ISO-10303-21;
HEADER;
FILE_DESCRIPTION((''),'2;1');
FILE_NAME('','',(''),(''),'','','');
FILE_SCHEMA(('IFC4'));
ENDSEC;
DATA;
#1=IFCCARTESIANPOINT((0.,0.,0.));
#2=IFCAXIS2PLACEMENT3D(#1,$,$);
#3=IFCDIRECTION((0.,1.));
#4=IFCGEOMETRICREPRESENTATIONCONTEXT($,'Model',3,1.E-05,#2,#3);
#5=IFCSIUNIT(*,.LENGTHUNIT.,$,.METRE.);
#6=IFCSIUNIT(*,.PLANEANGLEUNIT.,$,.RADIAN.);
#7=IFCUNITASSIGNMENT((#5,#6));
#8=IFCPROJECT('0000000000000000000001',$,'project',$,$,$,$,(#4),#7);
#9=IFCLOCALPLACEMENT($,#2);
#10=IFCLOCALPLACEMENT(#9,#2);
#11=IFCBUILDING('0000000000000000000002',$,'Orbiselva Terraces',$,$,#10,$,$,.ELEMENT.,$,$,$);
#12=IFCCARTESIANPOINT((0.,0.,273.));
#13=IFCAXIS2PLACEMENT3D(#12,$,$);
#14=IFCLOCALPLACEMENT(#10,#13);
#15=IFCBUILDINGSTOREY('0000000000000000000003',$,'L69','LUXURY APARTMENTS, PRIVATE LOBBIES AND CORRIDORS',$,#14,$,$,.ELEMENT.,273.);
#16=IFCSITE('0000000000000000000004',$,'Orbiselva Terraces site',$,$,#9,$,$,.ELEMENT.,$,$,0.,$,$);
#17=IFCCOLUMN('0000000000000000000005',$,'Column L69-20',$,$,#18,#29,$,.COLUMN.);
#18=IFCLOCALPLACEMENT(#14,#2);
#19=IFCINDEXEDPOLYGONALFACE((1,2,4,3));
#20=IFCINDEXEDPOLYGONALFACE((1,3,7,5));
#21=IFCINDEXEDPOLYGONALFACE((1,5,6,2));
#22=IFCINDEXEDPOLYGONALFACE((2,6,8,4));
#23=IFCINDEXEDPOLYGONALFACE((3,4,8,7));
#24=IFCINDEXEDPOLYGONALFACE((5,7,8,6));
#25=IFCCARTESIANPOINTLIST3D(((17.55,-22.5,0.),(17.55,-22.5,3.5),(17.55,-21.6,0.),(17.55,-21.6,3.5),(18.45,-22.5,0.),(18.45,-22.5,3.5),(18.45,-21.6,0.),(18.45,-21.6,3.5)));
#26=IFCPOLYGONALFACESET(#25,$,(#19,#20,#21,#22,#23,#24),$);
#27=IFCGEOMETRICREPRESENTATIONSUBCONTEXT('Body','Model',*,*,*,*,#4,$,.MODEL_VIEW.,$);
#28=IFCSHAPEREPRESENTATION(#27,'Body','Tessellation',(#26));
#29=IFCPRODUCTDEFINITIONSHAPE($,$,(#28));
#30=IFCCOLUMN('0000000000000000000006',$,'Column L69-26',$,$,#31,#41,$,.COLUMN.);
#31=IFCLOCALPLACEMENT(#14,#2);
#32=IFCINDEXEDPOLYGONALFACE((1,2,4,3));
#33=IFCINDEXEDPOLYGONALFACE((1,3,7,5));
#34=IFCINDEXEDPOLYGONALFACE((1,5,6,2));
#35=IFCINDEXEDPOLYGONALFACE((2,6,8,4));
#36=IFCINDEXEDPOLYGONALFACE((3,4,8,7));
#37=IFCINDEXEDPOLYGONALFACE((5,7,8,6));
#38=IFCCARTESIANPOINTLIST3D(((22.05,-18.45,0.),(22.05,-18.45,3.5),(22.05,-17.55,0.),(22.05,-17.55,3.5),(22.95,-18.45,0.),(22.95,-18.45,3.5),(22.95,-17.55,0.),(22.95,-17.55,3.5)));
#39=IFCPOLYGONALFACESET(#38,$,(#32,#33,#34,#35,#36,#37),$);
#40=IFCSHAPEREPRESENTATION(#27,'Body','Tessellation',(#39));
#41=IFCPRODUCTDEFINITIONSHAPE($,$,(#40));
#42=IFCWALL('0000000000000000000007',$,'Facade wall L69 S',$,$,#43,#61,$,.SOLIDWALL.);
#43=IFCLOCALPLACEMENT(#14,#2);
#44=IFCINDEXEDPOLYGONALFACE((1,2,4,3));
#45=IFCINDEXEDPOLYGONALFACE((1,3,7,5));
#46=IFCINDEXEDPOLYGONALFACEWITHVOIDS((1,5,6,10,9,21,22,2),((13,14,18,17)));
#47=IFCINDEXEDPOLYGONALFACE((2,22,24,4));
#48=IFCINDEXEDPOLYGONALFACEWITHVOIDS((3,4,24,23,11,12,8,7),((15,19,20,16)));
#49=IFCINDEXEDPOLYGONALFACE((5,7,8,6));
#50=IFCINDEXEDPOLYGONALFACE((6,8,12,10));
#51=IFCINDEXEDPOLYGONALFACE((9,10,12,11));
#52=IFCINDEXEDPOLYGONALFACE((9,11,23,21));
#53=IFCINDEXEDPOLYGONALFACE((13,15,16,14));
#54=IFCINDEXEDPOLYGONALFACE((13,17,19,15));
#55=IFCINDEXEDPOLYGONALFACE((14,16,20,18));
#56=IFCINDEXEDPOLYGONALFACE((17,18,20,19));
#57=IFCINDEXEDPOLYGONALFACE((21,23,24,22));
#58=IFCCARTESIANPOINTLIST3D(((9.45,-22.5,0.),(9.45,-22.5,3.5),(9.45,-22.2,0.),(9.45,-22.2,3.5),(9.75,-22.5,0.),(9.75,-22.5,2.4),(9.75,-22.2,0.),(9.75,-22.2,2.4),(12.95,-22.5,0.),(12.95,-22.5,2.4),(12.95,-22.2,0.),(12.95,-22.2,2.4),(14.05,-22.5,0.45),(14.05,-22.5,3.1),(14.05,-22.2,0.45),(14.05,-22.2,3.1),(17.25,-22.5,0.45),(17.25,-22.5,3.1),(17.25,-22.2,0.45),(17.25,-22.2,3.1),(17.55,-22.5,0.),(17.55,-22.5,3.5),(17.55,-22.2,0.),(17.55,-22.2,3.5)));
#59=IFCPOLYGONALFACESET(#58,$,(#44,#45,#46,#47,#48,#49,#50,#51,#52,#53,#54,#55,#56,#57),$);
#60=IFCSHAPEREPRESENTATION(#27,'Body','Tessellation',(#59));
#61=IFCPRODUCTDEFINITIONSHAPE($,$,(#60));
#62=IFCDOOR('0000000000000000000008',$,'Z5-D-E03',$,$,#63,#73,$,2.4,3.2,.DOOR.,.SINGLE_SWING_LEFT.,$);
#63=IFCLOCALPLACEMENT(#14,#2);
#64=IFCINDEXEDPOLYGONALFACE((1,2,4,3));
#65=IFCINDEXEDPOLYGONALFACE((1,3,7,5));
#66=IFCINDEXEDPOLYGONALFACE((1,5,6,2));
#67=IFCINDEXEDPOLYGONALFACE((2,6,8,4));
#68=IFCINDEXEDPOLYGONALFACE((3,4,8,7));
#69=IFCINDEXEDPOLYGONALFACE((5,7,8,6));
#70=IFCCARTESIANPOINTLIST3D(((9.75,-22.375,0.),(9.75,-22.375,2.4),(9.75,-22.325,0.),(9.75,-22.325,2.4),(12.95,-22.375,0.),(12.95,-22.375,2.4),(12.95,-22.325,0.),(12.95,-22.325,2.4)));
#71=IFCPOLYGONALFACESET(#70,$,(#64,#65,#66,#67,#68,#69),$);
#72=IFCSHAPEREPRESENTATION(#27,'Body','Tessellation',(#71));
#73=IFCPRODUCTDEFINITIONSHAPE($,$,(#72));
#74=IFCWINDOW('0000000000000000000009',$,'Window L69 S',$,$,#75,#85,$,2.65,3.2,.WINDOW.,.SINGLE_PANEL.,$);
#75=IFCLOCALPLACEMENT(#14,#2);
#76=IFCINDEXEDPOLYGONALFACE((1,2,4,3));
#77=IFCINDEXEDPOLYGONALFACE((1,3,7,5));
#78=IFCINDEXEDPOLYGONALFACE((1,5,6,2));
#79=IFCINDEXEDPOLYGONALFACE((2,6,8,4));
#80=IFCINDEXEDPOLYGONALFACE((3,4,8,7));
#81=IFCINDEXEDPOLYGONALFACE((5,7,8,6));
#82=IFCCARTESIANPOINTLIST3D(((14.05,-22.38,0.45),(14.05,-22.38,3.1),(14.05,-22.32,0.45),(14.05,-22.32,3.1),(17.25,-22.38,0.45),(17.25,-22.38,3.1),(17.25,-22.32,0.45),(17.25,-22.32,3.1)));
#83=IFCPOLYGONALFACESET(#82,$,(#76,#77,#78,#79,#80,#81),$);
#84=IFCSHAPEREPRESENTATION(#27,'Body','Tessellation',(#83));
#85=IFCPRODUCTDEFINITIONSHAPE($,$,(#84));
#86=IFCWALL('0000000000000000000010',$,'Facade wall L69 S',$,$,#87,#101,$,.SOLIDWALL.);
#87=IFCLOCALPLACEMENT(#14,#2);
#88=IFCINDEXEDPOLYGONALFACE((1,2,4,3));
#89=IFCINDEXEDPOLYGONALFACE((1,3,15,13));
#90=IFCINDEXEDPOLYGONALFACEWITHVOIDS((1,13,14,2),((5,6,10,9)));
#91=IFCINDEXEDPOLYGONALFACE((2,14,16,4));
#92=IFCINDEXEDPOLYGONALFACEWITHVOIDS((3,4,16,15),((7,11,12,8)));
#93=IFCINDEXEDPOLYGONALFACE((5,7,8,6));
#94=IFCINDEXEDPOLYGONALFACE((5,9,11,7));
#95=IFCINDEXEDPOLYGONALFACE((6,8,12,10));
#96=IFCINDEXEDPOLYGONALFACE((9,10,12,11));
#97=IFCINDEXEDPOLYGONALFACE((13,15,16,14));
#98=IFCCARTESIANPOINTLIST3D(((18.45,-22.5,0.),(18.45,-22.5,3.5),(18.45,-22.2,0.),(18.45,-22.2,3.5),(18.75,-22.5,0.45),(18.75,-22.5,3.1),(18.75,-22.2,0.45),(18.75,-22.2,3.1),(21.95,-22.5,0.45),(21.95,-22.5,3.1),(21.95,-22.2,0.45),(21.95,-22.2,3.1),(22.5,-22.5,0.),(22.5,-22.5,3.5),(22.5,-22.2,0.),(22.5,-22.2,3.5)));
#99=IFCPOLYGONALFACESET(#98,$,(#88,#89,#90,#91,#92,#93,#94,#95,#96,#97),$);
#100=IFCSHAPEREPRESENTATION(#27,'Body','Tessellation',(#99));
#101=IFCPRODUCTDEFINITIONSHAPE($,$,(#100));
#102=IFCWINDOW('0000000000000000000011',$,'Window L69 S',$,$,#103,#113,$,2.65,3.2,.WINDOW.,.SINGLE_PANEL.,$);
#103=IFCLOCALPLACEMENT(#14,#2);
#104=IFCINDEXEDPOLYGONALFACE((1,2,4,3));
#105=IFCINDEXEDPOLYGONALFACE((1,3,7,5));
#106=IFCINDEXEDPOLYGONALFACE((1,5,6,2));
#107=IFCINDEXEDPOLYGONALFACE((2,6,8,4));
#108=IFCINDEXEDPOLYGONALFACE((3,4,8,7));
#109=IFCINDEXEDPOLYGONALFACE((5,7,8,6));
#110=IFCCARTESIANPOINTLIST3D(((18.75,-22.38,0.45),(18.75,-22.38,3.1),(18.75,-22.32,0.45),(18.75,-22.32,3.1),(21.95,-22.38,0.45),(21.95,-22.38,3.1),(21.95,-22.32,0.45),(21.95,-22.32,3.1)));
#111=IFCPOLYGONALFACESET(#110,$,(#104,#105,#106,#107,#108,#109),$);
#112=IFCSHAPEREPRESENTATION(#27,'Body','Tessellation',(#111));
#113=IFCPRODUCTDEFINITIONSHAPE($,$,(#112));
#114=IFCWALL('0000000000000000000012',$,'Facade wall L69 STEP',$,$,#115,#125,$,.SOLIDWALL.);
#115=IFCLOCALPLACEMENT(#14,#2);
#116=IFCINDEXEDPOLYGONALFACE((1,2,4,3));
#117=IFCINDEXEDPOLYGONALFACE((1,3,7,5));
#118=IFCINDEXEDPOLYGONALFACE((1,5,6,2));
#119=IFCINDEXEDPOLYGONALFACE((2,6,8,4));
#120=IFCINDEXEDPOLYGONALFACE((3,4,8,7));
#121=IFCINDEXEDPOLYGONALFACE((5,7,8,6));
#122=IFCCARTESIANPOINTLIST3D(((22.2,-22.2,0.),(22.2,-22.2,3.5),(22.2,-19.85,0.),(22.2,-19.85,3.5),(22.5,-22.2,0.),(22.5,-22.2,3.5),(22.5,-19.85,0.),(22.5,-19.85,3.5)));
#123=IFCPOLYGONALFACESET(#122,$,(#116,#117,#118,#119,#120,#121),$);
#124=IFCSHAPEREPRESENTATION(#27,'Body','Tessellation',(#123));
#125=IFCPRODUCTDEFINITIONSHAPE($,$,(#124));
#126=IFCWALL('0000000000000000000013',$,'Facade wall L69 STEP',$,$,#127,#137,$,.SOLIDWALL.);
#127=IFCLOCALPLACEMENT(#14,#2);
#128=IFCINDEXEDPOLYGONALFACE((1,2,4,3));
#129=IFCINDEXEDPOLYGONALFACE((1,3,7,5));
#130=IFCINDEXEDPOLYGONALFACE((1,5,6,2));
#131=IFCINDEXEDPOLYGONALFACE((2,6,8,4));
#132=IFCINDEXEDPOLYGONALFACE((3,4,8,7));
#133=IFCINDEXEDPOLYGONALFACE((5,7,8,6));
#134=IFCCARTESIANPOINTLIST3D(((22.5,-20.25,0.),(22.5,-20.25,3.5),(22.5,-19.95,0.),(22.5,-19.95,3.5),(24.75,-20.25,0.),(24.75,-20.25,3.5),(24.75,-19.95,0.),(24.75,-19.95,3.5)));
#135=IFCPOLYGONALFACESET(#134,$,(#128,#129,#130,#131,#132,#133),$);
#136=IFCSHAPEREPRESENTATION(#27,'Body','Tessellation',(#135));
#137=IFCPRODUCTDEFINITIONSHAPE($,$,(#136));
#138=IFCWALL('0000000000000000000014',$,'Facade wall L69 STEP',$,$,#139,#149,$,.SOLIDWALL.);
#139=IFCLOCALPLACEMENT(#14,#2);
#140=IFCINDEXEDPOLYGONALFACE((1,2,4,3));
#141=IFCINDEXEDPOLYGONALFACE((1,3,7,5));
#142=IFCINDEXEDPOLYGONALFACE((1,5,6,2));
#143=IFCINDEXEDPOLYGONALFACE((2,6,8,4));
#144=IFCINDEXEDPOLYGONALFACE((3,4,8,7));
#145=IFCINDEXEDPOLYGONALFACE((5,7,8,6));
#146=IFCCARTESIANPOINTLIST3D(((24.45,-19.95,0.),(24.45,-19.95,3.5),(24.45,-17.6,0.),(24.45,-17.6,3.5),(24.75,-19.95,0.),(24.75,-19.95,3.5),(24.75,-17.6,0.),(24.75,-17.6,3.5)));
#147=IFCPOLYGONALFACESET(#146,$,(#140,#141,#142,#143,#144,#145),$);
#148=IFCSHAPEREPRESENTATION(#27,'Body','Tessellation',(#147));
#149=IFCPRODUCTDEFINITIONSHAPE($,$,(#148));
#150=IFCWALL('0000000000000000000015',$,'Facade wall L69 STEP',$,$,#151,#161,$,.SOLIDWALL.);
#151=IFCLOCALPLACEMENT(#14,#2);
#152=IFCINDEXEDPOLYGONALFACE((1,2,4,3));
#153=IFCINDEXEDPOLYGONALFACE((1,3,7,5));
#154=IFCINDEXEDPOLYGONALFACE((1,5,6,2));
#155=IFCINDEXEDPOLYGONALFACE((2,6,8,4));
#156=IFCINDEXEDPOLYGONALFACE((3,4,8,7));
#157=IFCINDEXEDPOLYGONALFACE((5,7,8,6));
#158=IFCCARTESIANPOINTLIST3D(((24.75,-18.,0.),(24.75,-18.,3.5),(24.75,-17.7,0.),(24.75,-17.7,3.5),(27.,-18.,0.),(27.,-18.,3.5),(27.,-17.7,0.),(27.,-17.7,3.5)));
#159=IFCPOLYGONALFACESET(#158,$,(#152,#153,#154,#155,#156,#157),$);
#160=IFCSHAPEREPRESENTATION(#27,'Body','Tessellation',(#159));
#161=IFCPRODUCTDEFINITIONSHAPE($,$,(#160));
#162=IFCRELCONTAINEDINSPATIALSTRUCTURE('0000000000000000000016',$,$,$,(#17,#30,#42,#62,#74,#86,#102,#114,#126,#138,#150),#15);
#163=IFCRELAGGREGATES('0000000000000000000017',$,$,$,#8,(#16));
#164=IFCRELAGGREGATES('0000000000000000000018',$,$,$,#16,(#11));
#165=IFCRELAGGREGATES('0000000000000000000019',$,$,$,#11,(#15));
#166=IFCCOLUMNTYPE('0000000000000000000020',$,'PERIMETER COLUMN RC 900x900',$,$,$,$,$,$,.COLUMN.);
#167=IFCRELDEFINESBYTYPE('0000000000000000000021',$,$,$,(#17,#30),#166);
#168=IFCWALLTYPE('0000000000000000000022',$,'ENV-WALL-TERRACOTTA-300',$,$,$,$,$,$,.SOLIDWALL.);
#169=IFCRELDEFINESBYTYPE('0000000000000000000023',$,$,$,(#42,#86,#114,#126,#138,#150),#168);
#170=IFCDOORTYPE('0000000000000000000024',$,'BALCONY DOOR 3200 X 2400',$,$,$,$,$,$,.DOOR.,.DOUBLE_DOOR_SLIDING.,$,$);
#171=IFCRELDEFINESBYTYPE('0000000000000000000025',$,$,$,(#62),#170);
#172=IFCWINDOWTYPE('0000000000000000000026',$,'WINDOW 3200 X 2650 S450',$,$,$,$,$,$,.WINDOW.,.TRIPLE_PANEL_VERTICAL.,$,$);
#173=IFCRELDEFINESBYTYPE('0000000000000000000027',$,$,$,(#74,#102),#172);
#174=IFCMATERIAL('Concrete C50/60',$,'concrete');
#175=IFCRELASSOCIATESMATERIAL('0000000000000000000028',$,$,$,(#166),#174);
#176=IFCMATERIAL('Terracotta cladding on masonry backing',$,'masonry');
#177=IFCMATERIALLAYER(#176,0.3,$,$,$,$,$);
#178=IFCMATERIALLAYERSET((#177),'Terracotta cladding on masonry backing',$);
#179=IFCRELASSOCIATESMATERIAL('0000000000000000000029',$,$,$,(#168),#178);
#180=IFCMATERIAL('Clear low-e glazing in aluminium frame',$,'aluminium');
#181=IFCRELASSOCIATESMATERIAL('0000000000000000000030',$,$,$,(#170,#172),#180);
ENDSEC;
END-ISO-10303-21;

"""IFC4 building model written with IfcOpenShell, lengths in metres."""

from ifc_helpers import new_model, si_unit, direction, frame, frame_2d, origin, origin_2d, place, context, subcontext, project, spatial, rectangle, extrude, material, layer, layer_set, material_profile, profile_set, type_object, element, fill, save


model = new_model("IFC4")

# Units and contexts
model_context = context("Model", 3, precision=1e-05, world=origin(), true_north=direction((0.0, 1.0)))
body_context = subcontext(model_context, "Body", "Model", "MODEL_VIEW")
ifc_project = project(units=[si_unit("LENGTHUNIT", "METRE"), si_unit("PLANEANGLEUNIT", "RADIAN")], contexts=[model_context])

# Site, building, storey
site_placement = place(None, origin())
site = spatial("IfcSite", under=ifc_project, at=site_placement, Name="Orbiselva Terraces site", CompositionType="ELEMENT", RefElevation=0.0)
building_placement = place(site_placement, origin())
building = spatial("IfcBuilding", under=site, at=building_placement, Name="Orbiselva Terraces", CompositionType="ELEMENT")
storey_placement = place(building_placement, frame((0.0, 0.0, 273.0)))
storey = spatial("IfcBuildingStorey", under=building, at=storey_placement, Name="L69", Description="LUXURY APARTMENTS, PRIVATE LOBBIES AND CORRIDORS", CompositionType="ELEMENT", Elevation=273.0)

# Columns
ifc_material_1 = material(Name="Concrete C50/60", Category="concrete")
ifc_material_profile = material_profile(ifc_material_1, rectangle(XDim=0.9, YDim=0.9, at=origin_2d()), Name="RC 900x900")
ifc_profile_set = profile_set([ifc_material_profile], Name="Concrete C50/60")
column_type = type_object("IfcColumnType", Name="PERIMETER COLUMN RC 900x900", PredefinedType="COLUMN", material=ifc_profile_set)
for number, where, z_axis, x_axis, name in (
    (1, (18.0, -22.05, 0.0), (0.0, 0.0, 1.0), (1.0, 0.0, 0.0), "Column L69-20"),
    (2, (22.5, -18.0, 0.0), (0.0, 0.0, 1.0), (1.0, 0.0, 0.0), "Column L69-26"),
):
    element("IfcColumn", number, at=place(storey_placement, frame(where, z_axis=z_axis, x_axis=x_axis)), inside=storey, type_object=column_type, Name=name, PredefinedType="COLUMN", context=body_context, shape_type="SweptSolid", body=[
        extrude(rectangle(XDim=0.9, YDim=0.9, at=origin_2d()), origin(), (0.0, 0.0, 1.0), 3.5),
    ])

# Wall, openings, door, window
ifc_material_2 = material(Name="Terracotta cladding on masonry backing", Category="masonry")
ifc_layer_1 = layer(ifc_material_2, 0.3)
ifc_layer_set_1 = layer_set([ifc_layer_1], Name="Terracotta cladding on masonry backing")
wall_type_1 = type_object("IfcWallType", Name="ENV-WALL-TERRACOTTA-300", PredefinedType="SOLIDWALL", material=ifc_layer_set_1)
wall_1_placement = place(storey_placement, frame((17.55, -22.35, 0.0), z_axis=(0.0, 0.0, 1.0), x_axis=(-1.0, 0.0, 0.0)))
wall_1 = element("IfcWall", 3, at=wall_1_placement, inside=storey, type_object=wall_type_1, Name="Facade wall L69 S", PredefinedType="SOLIDWALL", context=body_context, shape_type="SweptSolid", body=[
    extrude(rectangle(XDim=8.1, YDim=0.3, at=frame_2d((4.05, 0.0))), origin(), (0.0, 0.0, 1.0), 3.5),
])
opening_1_placement = place(wall_1_placement, frame((4.6, 0.0, 0.0)))
opening_1 = element("IfcOpeningElement", 4, at=opening_1_placement, cuts=wall_1, PredefinedType="OPENING", context=body_context, shape_type="SweptSolid", body=[
    extrude(rectangle(XDim=3.2, YDim=2.4, at=frame_2d((1.6, 1.2))), frame((0.0, 0.16, 0.0), z_axis=(0.0, -1.0, 0.0), x_axis=(1.0, 0.0, 0.0)), (0.0, 0.0, 1.0), 0.32),
])
opening_2_placement = place(wall_1_placement, frame((0.3, 0.0, 0.45)))
opening_2 = element("IfcOpeningElement", 5, at=opening_2_placement, cuts=wall_1, PredefinedType="OPENING", context=body_context, shape_type="SweptSolid", body=[
    extrude(rectangle(XDim=3.2, YDim=2.65, at=frame_2d((1.6, 1.325))), frame((0.0, 0.16, 0.0), z_axis=(0.0, -1.0, 0.0), x_axis=(1.0, 0.0, 0.0)), (0.0, 0.0, 1.0), 0.32),
])
ifc_material_3 = material(Name="Clear low-e glazing in aluminium frame", Category="aluminium")
door_type_1 = type_object("IfcDoorType", Name="BALCONY DOOR 3200 X 2400", OperationType="DOUBLE_DOOR_SLIDING", PredefinedType="DOOR", material=ifc_material_3)
door_1_placement = place(opening_1_placement, origin())
door_1 = element("IfcDoor", 6, at=door_1_placement, inside=storey, type_object=door_type_1, Name="Z5-D-E03", OperationType="SINGLE_SWING_LEFT", OverallHeight=2.4, OverallWidth=3.2, PredefinedType="DOOR", context=body_context, shape_type="SweptSolid", body=[
    extrude(rectangle(XDim=3.2, YDim=2.4, at=frame_2d((1.6, 1.2))), frame((0.0, 0.025, 0.0), z_axis=(0.0, -1.0, 0.0), x_axis=(1.0, 0.0, 0.0)), (0.0, 0.0, 1.0), 0.05),
])
fill(opening_1, door_1)
window_type = type_object("IfcWindowType", Name="WINDOW 3200 X 2650 S450", PartitioningType="TRIPLE_PANEL_VERTICAL", PredefinedType="WINDOW", material=ifc_material_3)
window_1_placement = place(opening_2_placement, origin())
window_1 = element("IfcWindow", 7, at=window_1_placement, inside=storey, type_object=window_type, Name="Window L69 S", OverallHeight=2.65, OverallWidth=3.2, PartitioningType="SINGLE_PANEL", PredefinedType="WINDOW", context=body_context, shape_type="SweptSolid", body=[
    extrude(rectangle(XDim=3.2, YDim=2.65, at=frame_2d((1.6, 1.325))), frame((0.0, 0.03, 0.0), z_axis=(0.0, -1.0, 0.0), x_axis=(1.0, 0.0, 0.0)), (0.0, 0.0, 1.0), 0.06),
])
fill(opening_2, window_1)

# Wall, opening, window
wall_2_placement = place(storey_placement, frame((22.5, -22.35, 0.0), z_axis=(0.0, 0.0, 1.0), x_axis=(-1.0, 0.0, 0.0)))
wall_2 = element("IfcWall", 8, at=wall_2_placement, inside=storey, type_object=wall_type_1, Name="Facade wall L69 S", PredefinedType="SOLIDWALL", context=body_context, shape_type="SweptSolid", body=[
    extrude(rectangle(XDim=4.05, YDim=0.3, at=frame_2d((2.025, 0.0))), origin(), (0.0, 0.0, 1.0), 3.5),
])
opening_3_placement = place(wall_2_placement, frame((0.55, 0.0, 0.45)))
opening_3 = element("IfcOpeningElement", 9, at=opening_3_placement, cuts=wall_2, PredefinedType="OPENING", context=body_context, shape_type="SweptSolid", body=[
    extrude(rectangle(XDim=3.2, YDim=2.65, at=frame_2d((1.6, 1.325))), frame((0.0, 0.16, 0.0), z_axis=(0.0, -1.0, 0.0), x_axis=(1.0, 0.0, 0.0)), (0.0, 0.0, 1.0), 0.32),
])
window_2_placement = place(opening_3_placement, origin())
window_2 = element("IfcWindow", 10, at=window_2_placement, inside=storey, type_object=window_type, Name="Window L69 S", OverallHeight=2.65, OverallWidth=3.2, PartitioningType="SINGLE_PANEL", PredefinedType="WINDOW", context=body_context, shape_type="SweptSolid", body=[
    extrude(rectangle(XDim=3.2, YDim=2.65, at=frame_2d((1.6, 1.325))), frame((0.0, 0.03, 0.0), z_axis=(0.0, -1.0, 0.0), x_axis=(1.0, 0.0, 0.0)), (0.0, 0.0, 1.0), 0.06),
])
fill(opening_3, window_2)

# Walls
wall_3_placement = place(storey_placement, frame((22.35, -19.85, 0.0), z_axis=(0.0, 0.0, 1.0), x_axis=(0.0, -1.0, 0.0)))
element("IfcWall", 11, at=wall_3_placement, inside=storey, type_object=wall_type_1, Name="Facade wall L69 STEP", PredefinedType="SOLIDWALL", context=body_context, shape_type="SweptSolid", body=[
    extrude(rectangle(XDim=2.35, YDim=0.3, at=frame_2d((1.175, 0.0))), origin(), (0.0, 0.0, 1.0), 3.5),
])
wall_4_placement = place(storey_placement, frame((24.75, -20.1, 0.0), z_axis=(0.0, 0.0, 1.0), x_axis=(-1.0, 0.0, 0.0)))
element("IfcWall", 12, at=wall_4_placement, inside=storey, type_object=wall_type_1, Name="Facade wall L69 STEP", PredefinedType="SOLIDWALL", context=body_context, shape_type="SweptSolid", body=[
    extrude(rectangle(XDim=2.25, YDim=0.3, at=frame_2d((1.125, 0.0))), origin(), (0.0, 0.0, 1.0), 3.5),
])
wall_5_placement = place(storey_placement, frame((24.6, -17.6, 0.0), z_axis=(0.0, 0.0, 1.0), x_axis=(0.0, -1.0, 0.0)))
element("IfcWall", 13, at=wall_5_placement, inside=storey, type_object=wall_type_1, Name="Facade wall L69 STEP", PredefinedType="SOLIDWALL", context=body_context, shape_type="SweptSolid", body=[
    extrude(rectangle(XDim=2.35, YDim=0.3, at=frame_2d((1.175, 0.0))), origin(), (0.0, 0.0, 1.0), 3.5),
])
wall_6_placement = place(storey_placement, frame((27.0, -17.85, 0.0), z_axis=(0.0, 0.0, 1.0), x_axis=(-1.0, 0.0, 0.0)))
element("IfcWall", 14, at=wall_6_placement, inside=storey, type_object=wall_type_1, Name="Facade wall L69 STEP", PredefinedType="SOLIDWALL", context=body_context, shape_type="SweptSolid", body=[
    extrude(rectangle(XDim=2.25, YDim=0.3, at=frame_2d((1.125, 0.0))), origin(), (0.0, 0.0, 1.0), 3.5),
])

save(model, "model.ifc")
